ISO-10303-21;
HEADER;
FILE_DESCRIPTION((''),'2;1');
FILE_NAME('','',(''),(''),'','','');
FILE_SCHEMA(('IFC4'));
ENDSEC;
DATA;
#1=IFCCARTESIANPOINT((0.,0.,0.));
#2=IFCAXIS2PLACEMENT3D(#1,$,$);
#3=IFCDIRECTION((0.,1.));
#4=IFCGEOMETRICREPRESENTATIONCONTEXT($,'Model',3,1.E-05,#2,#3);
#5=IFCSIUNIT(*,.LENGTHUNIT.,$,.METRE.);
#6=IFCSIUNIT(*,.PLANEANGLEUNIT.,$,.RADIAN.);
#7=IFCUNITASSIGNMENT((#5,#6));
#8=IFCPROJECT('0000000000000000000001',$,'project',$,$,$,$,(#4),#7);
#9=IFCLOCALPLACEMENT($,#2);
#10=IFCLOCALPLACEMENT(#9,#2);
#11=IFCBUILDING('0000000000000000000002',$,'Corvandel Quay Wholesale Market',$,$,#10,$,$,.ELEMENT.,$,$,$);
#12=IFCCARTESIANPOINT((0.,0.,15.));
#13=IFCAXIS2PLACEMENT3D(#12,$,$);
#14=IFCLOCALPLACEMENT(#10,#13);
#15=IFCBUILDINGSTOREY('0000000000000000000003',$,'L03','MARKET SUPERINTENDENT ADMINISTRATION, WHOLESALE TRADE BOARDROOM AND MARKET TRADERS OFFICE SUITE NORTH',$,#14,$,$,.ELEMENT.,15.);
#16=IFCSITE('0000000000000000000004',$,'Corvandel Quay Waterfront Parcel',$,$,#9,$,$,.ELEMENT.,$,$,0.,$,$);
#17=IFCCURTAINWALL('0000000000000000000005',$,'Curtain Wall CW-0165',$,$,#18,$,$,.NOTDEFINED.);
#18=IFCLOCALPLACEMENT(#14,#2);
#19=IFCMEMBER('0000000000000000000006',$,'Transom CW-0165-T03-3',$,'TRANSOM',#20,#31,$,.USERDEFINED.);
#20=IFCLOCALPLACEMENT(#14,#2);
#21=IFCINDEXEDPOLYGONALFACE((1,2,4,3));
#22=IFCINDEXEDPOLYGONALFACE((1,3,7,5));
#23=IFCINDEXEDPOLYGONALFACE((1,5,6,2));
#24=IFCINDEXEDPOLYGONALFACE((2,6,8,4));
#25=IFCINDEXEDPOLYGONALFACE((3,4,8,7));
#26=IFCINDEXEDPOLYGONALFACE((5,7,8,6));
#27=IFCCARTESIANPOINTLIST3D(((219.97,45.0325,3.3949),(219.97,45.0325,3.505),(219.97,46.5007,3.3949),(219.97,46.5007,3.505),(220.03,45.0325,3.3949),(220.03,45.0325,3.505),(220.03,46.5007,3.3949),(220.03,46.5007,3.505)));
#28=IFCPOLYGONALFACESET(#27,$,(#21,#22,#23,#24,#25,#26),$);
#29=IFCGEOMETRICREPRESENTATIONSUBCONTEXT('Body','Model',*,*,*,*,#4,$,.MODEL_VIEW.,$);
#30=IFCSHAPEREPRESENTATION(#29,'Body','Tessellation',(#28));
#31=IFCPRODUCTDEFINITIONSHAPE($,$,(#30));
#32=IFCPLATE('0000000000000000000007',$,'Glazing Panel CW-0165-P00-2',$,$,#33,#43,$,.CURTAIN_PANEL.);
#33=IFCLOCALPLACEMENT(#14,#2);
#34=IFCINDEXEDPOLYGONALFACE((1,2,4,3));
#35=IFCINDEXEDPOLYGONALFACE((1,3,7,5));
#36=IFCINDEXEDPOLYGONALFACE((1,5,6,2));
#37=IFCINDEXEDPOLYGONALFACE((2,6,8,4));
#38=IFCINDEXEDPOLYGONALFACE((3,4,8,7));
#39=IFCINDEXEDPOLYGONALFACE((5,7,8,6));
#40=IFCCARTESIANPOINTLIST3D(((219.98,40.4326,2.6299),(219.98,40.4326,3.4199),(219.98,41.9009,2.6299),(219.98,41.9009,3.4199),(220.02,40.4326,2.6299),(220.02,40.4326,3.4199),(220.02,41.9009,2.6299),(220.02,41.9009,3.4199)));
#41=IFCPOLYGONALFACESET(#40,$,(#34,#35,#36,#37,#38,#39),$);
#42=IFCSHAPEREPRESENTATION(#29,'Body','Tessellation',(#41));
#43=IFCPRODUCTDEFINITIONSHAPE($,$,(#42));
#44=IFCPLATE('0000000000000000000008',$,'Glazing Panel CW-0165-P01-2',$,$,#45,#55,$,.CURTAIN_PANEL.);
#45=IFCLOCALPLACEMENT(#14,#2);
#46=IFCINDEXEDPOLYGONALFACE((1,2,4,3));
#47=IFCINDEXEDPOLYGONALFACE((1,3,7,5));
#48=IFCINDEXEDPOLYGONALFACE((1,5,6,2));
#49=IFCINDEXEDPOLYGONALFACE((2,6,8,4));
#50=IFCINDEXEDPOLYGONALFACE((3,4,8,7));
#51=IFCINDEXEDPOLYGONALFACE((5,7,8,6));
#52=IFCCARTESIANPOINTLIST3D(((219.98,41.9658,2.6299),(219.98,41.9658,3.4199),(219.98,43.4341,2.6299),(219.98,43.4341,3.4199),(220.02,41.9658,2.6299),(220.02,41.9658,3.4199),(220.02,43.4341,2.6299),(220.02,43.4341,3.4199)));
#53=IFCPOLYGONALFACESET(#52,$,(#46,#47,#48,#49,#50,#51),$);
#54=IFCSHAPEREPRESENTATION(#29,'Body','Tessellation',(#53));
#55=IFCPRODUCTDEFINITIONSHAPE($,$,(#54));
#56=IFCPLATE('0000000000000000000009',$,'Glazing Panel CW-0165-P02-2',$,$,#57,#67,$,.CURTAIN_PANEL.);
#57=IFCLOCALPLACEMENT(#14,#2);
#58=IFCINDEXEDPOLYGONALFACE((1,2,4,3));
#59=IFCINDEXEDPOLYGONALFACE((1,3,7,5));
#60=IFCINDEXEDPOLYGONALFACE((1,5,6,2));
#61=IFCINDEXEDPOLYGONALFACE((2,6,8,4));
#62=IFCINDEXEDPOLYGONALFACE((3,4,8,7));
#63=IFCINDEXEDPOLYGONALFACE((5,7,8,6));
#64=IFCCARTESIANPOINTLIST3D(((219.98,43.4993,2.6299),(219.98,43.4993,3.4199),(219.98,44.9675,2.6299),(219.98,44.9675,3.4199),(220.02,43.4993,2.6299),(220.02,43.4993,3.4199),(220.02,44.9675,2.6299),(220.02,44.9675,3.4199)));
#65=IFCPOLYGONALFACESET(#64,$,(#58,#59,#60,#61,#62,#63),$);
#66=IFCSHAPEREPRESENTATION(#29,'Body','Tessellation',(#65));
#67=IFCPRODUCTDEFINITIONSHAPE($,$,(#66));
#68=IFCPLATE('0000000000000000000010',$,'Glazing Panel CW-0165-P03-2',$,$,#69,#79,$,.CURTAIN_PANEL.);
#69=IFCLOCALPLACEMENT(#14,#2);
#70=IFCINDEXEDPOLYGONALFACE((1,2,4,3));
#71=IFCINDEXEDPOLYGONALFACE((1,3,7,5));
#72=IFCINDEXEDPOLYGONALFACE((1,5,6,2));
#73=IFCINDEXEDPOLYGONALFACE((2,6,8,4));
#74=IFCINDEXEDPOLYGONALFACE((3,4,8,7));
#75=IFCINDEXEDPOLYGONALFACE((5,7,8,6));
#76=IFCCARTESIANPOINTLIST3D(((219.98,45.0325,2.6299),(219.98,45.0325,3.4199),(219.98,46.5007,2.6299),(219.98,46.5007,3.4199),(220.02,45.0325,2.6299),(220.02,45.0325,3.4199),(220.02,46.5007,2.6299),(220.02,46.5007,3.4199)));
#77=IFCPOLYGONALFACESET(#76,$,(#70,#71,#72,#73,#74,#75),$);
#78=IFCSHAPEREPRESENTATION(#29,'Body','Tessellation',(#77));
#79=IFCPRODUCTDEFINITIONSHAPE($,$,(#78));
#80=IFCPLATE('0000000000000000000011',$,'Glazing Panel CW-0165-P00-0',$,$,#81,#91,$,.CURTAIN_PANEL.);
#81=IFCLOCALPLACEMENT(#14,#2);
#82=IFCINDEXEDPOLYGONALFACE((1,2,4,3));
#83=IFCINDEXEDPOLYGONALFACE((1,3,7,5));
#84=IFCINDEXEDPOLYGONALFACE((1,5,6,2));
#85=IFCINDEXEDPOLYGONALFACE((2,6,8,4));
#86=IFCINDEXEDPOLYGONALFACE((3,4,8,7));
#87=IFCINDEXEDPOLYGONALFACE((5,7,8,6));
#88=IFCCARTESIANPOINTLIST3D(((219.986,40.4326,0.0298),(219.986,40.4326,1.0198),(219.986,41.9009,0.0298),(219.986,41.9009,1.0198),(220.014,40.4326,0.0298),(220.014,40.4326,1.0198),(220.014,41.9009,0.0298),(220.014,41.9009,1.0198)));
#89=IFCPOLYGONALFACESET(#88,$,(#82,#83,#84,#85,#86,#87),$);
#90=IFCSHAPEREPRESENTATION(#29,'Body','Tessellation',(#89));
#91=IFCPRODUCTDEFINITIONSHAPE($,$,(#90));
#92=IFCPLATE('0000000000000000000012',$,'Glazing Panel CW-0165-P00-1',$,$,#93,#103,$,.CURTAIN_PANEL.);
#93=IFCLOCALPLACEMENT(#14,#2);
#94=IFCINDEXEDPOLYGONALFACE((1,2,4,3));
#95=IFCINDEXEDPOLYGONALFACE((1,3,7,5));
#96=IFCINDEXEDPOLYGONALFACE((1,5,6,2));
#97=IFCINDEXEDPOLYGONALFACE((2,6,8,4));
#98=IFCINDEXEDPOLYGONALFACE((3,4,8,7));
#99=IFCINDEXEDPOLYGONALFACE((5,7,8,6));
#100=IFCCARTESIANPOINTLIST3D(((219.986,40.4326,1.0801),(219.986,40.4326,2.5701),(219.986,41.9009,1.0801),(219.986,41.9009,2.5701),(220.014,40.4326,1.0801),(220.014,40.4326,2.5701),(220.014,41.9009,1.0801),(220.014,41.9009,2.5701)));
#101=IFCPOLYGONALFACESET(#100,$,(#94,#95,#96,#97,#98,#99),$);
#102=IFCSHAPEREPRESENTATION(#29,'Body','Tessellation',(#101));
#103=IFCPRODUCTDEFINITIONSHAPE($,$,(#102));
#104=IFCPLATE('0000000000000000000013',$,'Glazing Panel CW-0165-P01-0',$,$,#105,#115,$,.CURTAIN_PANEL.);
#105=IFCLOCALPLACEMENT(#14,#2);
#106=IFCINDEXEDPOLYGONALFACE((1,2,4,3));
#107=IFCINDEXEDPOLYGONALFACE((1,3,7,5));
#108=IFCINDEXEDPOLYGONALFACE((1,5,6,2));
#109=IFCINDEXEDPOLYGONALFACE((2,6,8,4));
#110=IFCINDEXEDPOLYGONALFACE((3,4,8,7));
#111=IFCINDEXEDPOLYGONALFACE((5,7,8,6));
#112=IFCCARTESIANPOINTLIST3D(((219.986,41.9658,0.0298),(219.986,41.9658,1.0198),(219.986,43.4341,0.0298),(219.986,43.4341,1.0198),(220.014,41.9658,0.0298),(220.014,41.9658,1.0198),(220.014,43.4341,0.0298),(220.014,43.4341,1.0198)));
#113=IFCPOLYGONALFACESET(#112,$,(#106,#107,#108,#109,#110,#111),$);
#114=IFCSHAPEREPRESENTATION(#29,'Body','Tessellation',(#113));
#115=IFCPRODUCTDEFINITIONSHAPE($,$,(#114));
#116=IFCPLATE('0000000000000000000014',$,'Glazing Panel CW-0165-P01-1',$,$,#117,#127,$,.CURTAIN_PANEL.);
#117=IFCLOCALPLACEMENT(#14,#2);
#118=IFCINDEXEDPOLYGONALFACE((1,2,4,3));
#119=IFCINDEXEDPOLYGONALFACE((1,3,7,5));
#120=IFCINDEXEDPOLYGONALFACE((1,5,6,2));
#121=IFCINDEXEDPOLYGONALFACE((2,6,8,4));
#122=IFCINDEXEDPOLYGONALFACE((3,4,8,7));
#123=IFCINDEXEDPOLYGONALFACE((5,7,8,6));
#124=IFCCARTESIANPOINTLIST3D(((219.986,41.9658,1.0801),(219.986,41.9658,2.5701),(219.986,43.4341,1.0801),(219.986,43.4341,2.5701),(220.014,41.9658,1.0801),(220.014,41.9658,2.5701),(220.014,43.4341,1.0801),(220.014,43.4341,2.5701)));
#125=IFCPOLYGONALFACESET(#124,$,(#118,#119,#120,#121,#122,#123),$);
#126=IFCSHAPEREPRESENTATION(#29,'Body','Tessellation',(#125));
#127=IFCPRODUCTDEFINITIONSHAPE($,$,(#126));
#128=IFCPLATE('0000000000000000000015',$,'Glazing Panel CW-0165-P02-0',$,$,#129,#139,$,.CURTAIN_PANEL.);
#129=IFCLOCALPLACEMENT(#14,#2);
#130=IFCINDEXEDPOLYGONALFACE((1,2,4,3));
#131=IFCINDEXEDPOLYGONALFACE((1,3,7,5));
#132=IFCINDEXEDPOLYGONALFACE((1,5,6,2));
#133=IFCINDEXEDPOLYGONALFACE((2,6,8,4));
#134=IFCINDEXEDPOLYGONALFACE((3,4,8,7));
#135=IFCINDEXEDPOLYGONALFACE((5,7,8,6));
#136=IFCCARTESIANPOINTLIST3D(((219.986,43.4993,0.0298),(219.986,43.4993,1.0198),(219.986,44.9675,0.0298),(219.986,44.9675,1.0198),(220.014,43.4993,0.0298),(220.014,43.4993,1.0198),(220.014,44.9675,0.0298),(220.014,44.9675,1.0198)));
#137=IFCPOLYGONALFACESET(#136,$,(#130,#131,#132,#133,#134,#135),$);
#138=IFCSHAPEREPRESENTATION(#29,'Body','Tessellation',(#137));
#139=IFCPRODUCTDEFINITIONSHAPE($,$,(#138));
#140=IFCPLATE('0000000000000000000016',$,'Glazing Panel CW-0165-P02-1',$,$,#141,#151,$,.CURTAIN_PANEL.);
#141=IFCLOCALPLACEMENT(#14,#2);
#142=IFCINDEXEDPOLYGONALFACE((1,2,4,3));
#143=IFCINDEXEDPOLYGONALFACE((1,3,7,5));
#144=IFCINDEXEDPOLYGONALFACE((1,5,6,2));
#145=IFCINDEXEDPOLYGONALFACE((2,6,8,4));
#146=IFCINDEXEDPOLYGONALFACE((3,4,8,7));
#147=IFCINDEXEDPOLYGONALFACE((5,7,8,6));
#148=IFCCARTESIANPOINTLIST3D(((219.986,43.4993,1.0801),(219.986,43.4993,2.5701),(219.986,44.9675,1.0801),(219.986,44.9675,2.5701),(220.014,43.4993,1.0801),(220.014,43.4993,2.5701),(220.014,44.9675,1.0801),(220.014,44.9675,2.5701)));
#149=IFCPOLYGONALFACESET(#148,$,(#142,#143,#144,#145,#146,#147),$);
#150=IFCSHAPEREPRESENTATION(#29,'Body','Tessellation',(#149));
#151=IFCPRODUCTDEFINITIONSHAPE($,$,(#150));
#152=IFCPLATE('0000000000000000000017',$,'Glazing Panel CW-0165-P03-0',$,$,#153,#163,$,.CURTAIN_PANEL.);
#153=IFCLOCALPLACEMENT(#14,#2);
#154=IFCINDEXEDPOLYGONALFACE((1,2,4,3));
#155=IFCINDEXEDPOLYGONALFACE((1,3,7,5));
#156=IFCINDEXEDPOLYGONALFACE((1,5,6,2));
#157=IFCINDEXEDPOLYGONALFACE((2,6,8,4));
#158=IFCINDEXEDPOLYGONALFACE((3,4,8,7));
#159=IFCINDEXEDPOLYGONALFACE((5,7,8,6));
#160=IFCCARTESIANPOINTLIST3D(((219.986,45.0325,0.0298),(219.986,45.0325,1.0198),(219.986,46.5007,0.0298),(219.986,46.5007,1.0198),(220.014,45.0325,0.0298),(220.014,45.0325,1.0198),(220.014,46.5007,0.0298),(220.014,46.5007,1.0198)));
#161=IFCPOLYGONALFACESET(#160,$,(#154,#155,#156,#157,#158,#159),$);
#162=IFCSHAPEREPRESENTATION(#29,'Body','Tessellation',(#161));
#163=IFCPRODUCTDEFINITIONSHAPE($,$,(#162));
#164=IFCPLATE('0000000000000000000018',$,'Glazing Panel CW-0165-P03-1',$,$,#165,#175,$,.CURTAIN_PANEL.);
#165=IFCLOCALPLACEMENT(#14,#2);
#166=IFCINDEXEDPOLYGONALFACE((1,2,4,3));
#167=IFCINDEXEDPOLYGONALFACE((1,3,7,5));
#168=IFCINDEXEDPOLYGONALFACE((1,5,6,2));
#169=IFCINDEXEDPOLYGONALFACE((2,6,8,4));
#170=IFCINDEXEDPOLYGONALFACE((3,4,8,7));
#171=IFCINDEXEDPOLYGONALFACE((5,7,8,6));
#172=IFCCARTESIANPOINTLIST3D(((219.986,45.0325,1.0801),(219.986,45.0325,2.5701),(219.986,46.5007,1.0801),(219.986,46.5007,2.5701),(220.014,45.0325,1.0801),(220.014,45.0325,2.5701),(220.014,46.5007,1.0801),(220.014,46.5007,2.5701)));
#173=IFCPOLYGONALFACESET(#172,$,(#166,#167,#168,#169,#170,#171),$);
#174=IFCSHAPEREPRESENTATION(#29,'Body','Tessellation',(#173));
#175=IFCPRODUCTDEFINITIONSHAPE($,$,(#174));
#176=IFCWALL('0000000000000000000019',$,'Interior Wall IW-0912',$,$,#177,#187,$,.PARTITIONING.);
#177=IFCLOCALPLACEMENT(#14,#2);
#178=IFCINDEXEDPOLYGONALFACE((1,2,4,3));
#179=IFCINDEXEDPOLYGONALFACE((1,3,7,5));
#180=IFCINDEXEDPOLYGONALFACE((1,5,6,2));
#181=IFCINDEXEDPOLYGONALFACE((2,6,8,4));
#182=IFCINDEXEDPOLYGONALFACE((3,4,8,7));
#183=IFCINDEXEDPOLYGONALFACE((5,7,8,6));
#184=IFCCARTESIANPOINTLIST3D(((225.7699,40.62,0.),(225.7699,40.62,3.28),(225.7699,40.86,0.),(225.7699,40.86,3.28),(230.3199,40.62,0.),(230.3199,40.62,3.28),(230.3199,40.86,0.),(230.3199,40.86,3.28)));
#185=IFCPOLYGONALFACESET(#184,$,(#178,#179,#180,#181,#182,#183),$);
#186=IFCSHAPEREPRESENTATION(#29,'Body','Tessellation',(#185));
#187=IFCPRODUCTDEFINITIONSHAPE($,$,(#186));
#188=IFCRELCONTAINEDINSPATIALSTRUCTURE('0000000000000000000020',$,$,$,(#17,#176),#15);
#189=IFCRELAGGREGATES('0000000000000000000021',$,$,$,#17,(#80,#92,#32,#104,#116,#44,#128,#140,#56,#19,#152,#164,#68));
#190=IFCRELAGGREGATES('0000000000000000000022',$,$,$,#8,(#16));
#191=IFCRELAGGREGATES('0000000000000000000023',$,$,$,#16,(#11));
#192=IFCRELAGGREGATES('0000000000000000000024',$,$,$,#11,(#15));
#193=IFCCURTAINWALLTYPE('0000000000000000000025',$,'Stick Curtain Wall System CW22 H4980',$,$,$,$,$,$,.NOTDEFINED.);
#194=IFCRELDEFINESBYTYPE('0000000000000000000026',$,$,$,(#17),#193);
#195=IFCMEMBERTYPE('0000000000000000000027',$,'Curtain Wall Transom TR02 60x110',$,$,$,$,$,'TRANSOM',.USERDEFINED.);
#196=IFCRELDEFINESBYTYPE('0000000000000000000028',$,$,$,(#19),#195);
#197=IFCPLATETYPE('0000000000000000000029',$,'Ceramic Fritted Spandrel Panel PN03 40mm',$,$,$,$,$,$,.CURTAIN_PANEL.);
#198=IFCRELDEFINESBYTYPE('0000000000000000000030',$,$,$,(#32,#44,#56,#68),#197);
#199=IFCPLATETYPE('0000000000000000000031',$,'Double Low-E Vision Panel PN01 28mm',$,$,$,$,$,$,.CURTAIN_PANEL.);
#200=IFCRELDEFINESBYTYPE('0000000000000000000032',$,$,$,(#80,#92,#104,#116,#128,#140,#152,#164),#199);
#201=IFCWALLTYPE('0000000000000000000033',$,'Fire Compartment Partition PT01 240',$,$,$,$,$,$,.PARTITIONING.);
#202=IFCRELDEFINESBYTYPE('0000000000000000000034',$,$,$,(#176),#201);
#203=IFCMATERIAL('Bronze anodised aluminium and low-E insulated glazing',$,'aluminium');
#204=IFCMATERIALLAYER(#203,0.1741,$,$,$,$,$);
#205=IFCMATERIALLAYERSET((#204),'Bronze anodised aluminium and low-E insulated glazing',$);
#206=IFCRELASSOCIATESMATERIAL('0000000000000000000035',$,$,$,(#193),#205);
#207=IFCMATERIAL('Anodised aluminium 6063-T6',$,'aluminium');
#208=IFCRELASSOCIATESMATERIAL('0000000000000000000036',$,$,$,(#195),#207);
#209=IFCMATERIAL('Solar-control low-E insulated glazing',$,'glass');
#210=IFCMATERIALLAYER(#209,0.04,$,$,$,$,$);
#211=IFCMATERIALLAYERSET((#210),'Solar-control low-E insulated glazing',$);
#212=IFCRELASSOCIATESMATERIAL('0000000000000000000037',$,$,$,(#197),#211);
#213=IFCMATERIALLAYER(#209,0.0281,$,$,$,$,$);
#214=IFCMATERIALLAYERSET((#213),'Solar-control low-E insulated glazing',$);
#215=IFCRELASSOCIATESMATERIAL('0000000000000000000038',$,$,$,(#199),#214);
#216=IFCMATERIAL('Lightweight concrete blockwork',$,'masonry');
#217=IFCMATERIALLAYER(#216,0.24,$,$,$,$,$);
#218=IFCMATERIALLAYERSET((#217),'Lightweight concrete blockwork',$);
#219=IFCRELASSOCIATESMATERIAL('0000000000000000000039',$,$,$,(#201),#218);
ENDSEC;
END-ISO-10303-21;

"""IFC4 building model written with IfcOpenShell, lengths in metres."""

from ifc_helpers import new_model, si_unit, direction, frame, frame_2d, origin, origin_2d, place, context, subcontext, project, spatial, rectangle, extrude, material, layer, layer_set, material_profile, profile_set, type_object, element, aggregate, save


model = new_model("IFC4")

# Units and contexts
model_context = context("Model", 3, precision=1e-05, world=origin(), true_north=direction((0.0, 1.0)))
body_context = subcontext(model_context, "Body", "Model", "MODEL_VIEW")
ifc_project = project(units=[si_unit("LENGTHUNIT", "METRE"), si_unit("PLANEANGLEUNIT", "RADIAN")], contexts=[model_context])

# Site, building, storey
site_placement = place(None, origin())
site = spatial("IfcSite", under=ifc_project, at=site_placement, Name="Corvandel Quay Waterfront Parcel", CompositionType="ELEMENT", RefElevation=0.0)
building_placement = place(site_placement, origin())
building = spatial("IfcBuilding", under=site, at=building_placement, Name="Corvandel Quay Wholesale Market", CompositionType="ELEMENT")
storey_placement = place(building_placement, frame((0.0, 0.0, 15.0)))
storey = spatial("IfcBuildingStorey", under=building, at=storey_placement, Name="L03", Description="MARKET SUPERINTENDENT ADMINISTRATION, WHOLESALE TRADE BOARDROOM AND MARKET TRADERS OFFICE SUITE NORTH", CompositionType="ELEMENT", Elevation=15.0)

# Curtain wall, member, plates
ifc_material_1 = material(Name="Bronze anodised aluminium and low-E insulated glazing", Category="aluminium")
ifc_layer_1 = layer(ifc_material_1, 0.1741)
ifc_layer_set_1 = layer_set([ifc_layer_1], Name="Bronze anodised aluminium and low-E insulated glazing")
curtain_wall_type = type_object("IfcCurtainWallType", Name="Stick Curtain Wall System CW22 H4980", PredefinedType="NOTDEFINED", material=ifc_layer_set_1)
curtain_wall_placement = place(storey_placement, origin())
curtain_wall = element("IfcCurtainWall", 1, at=curtain_wall_placement, inside=storey, type_object=curtain_wall_type, Name="Curtain Wall CW-0165", PredefinedType="NOTDEFINED")
ifc_material_2 = material(Name="Anodised aluminium 6063-T6", Category="aluminium")
ifc_material_profile_1 = material_profile(ifc_material_2, rectangle(XDim=0.0601, YDim=0.1101, at=origin_2d()), Name="ALU-TRN-60x110")
ifc_profile_set_1 = profile_set([ifc_material_profile_1], Name="Anodised aluminium 6063-T6")
member_type_1 = type_object("IfcMemberType", Name="Curtain Wall Transom TR02 60x110", ElementType="TRANSOM", PredefinedType="USERDEFINED", material=ifc_profile_set_1)
member_1_placement = place(storey_placement, frame((220.0, 45.0325, 3.45), z_axis=(0.0, 1.0, 0.0), x_axis=(-1.0, 0.0, 0.0)))
member_1 = element("IfcMember", 2, at=member_1_placement, type_object=member_type_1, Name="Transom CW-0165-T03-3", ObjectType="TRANSOM", PredefinedType="USERDEFINED", context=body_context, shape_type="SweptSolid", body=[
    extrude(rectangle(XDim=0.0601, YDim=0.1101, at=origin_2d()), origin(), (0.0, 0.0, 1.0), 1.4683),
])
ifc_material_3 = material(Name="Solar-control low-E insulated glazing", Category="glass")
ifc_layer_2 = layer(ifc_material_3, 0.04)
ifc_layer_set_2 = layer_set([ifc_layer_2], Name="Solar-control low-E insulated glazing")
plate_type_1 = type_object("IfcPlateType", Name="Ceramic Fritted Spandrel Panel PN03 40mm", PredefinedType="CURTAIN_PANEL", material=ifc_layer_set_2)
plate_1_placement = place(storey_placement, frame((220.0, 41.1667, 2.6299), z_axis=(0.0, 0.0, 1.0), x_axis=(0.0, 1.0, 0.0)))
plate_1 = element("IfcPlate", 3, at=plate_1_placement, type_object=plate_type_1, Name="Glazing Panel CW-0165-P00-2", PredefinedType="CURTAIN_PANEL", context=body_context, shape_type="SweptSolid", body=[
    extrude(rectangle(XDim=1.4683, YDim=0.04, at=origin_2d()), origin(), (0.0, 0.0, 1.0), 0.79),
])
plate_2_placement = place(storey_placement, frame((220.0, 42.7, 2.6299), z_axis=(0.0, 0.0, 1.0), x_axis=(0.0, 1.0, 0.0)))
plate_2 = element("IfcPlate", 4, at=plate_2_placement, type_object=plate_type_1, Name="Glazing Panel CW-0165-P01-2", PredefinedType="CURTAIN_PANEL", context=body_context, shape_type="SweptSolid", body=[
    extrude(rectangle(XDim=1.4683, YDim=0.04, at=origin_2d()), origin(), (0.0, 0.0, 1.0), 0.79),
])
plate_3_placement = place(storey_placement, frame((220.0, 44.2334, 2.6299), z_axis=(0.0, 0.0, 1.0), x_axis=(0.0, 1.0, 0.0)))
plate_3 = element("IfcPlate", 5, at=plate_3_placement, type_object=plate_type_1, Name="Glazing Panel CW-0165-P02-2", PredefinedType="CURTAIN_PANEL", context=body_context, shape_type="SweptSolid", body=[
    extrude(rectangle(XDim=1.4683, YDim=0.04, at=origin_2d()), origin(), (0.0, 0.0, 1.0), 0.79),
])
plate_4_placement = place(storey_placement, frame((220.0, 45.7666, 2.6299), z_axis=(0.0, 0.0, 1.0), x_axis=(0.0, 1.0, 0.0)))
plate_4 = element("IfcPlate", 6, at=plate_4_placement, type_object=plate_type_1, Name="Glazing Panel CW-0165-P03-2", PredefinedType="CURTAIN_PANEL", context=body_context, shape_type="SweptSolid", body=[
    extrude(rectangle(XDim=1.4683, YDim=0.04, at=origin_2d()), origin(), (0.0, 0.0, 1.0), 0.79),
])
ifc_layer_3 = layer(ifc_material_3, 0.0281)
ifc_layer_set_3 = layer_set([ifc_layer_3], Name="Solar-control low-E insulated glazing")
plate_type_2 = type_object("IfcPlateType", Name="Double Low-E Vision Panel PN01 28mm", PredefinedType="CURTAIN_PANEL", material=ifc_layer_set_3)
plate_5_placement = place(storey_placement, frame((220.0, 41.1667, 0.0298), z_axis=(0.0, 0.0, 1.0), x_axis=(0.0, 1.0, 0.0)))
plate_5 = element("IfcPlate", 7, at=plate_5_placement, type_object=plate_type_2, Name="Glazing Panel CW-0165-P00-0", PredefinedType="CURTAIN_PANEL", context=body_context, shape_type="SweptSolid", body=[
    extrude(rectangle(XDim=1.4683, YDim=0.0281, at=origin_2d()), origin(), (0.0, 0.0, 1.0), 0.99),
])
plate_6_placement = place(storey_placement, frame((220.0, 41.1667, 1.0801), z_axis=(0.0, 0.0, 1.0), x_axis=(0.0, 1.0, 0.0)))
plate_6 = element("IfcPlate", 8, at=plate_6_placement, type_object=plate_type_2, Name="Glazing Panel CW-0165-P00-1", PredefinedType="CURTAIN_PANEL", context=body_context, shape_type="SweptSolid", body=[
    extrude(rectangle(XDim=1.4683, YDim=0.0281, at=origin_2d()), origin(), (0.0, 0.0, 1.0), 1.49),
])
plate_7_placement = place(storey_placement, frame((220.0, 42.7, 0.0298), z_axis=(0.0, 0.0, 1.0), x_axis=(0.0, 1.0, 0.0)))
plate_7 = element("IfcPlate", 9, at=plate_7_placement, type_object=plate_type_2, Name="Glazing Panel CW-0165-P01-0", PredefinedType="CURTAIN_PANEL", context=body_context, shape_type="SweptSolid", body=[
    extrude(rectangle(XDim=1.4683, YDim=0.0281, at=origin_2d()), origin(), (0.0, 0.0, 1.0), 0.99),
])
plate_8_placement = place(storey_placement, frame((220.0, 42.7, 1.0801), z_axis=(0.0, 0.0, 1.0), x_axis=(0.0, 1.0, 0.0)))
plate_8 = element("IfcPlate", 10, at=plate_8_placement, type_object=plate_type_2, Name="Glazing Panel CW-0165-P01-1", PredefinedType="CURTAIN_PANEL", context=body_context, shape_type="SweptSolid", body=[
    extrude(rectangle(XDim=1.4683, YDim=0.0281, at=origin_2d()), origin(), (0.0, 0.0, 1.0), 1.49),
])
plate_9_placement = place(storey_placement, frame((220.0, 44.2334, 0.0298), z_axis=(0.0, 0.0, 1.0), x_axis=(0.0, 1.0, 0.0)))
plate_9 = element("IfcPlate", 11, at=plate_9_placement, type_object=plate_type_2, Name="Glazing Panel CW-0165-P02-0", PredefinedType="CURTAIN_PANEL", context=body_context, shape_type="SweptSolid", body=[
    extrude(rectangle(XDim=1.4683, YDim=0.0281, at=origin_2d()), origin(), (0.0, 0.0, 1.0), 0.99),
])
plate_10_placement = place(storey_placement, frame((220.0, 44.2334, 1.0801), z_axis=(0.0, 0.0, 1.0), x_axis=(0.0, 1.0, 0.0)))
plate_10 = element("IfcPlate", 12, at=plate_10_placement, type_object=plate_type_2, Name="Glazing Panel CW-0165-P02-1", PredefinedType="CURTAIN_PANEL", context=body_context, shape_type="SweptSolid", body=[
    extrude(rectangle(XDim=1.4683, YDim=0.0281, at=origin_2d()), origin(), (0.0, 0.0, 1.0), 1.49),
])
plate_11_placement = place(storey_placement, frame((220.0, 45.7666, 0.0298), z_axis=(0.0, 0.0, 1.0), x_axis=(0.0, 1.0, 0.0)))
plate_11 = element("IfcPlate", 13, at=plate_11_placement, type_object=plate_type_2, Name="Glazing Panel CW-0165-P03-0", PredefinedType="CURTAIN_PANEL", context=body_context, shape_type="SweptSolid", body=[
    extrude(rectangle(XDim=1.4683, YDim=0.0281, at=origin_2d()), origin(), (0.0, 0.0, 1.0), 0.99),
])
plate_12_placement = place(storey_placement, frame((220.0, 45.7666, 1.0801), z_axis=(0.0, 0.0, 1.0), x_axis=(0.0, 1.0, 0.0)))
plate_12 = element("IfcPlate", 14, at=plate_12_placement, type_object=plate_type_2, Name="Glazing Panel CW-0165-P03-1", PredefinedType="CURTAIN_PANEL", context=body_context, shape_type="SweptSolid", body=[
    extrude(rectangle(XDim=1.4683, YDim=0.0281, at=origin_2d()), origin(), (0.0, 0.0, 1.0), 1.49),
])
aggregate(curtain_wall, [plate_5, plate_6, plate_1, plate_7, plate_8, plate_2, plate_9, plate_10, plate_3, member_1, plate_11, plate_12, plate_4])

# Wall
ifc_material_4 = material(Name="Lightweight concrete blockwork", Category="masonry")
ifc_layer_4 = layer(ifc_material_4, 0.24)
ifc_layer_set_4 = layer_set([ifc_layer_4], Name="Lightweight concrete blockwork")
wall_type_1 = type_object("IfcWallType", Name="Fire Compartment Partition PT01 240", PredefinedType="PARTITIONING", material=ifc_layer_set_4)
wall_1_placement = place(storey_placement, frame((225.77, 40.74, 0.0), z_axis=(0.0, 0.0, 1.0), x_axis=(1.0, 0.0, 0.0)))
element("IfcWall", 15, at=wall_1_placement, inside=storey, type_object=wall_type_1, Name="Interior Wall IW-0912", PredefinedType="PARTITIONING", context=body_context, shape_type="SweptSolid", body=[
    extrude(rectangle(XDim=4.55, YDim=0.24, at=frame_2d((2.2749, 0.0))), origin(), (0.0, 0.0, 1.0), 3.28),
])

save(model, "model.ifc")
